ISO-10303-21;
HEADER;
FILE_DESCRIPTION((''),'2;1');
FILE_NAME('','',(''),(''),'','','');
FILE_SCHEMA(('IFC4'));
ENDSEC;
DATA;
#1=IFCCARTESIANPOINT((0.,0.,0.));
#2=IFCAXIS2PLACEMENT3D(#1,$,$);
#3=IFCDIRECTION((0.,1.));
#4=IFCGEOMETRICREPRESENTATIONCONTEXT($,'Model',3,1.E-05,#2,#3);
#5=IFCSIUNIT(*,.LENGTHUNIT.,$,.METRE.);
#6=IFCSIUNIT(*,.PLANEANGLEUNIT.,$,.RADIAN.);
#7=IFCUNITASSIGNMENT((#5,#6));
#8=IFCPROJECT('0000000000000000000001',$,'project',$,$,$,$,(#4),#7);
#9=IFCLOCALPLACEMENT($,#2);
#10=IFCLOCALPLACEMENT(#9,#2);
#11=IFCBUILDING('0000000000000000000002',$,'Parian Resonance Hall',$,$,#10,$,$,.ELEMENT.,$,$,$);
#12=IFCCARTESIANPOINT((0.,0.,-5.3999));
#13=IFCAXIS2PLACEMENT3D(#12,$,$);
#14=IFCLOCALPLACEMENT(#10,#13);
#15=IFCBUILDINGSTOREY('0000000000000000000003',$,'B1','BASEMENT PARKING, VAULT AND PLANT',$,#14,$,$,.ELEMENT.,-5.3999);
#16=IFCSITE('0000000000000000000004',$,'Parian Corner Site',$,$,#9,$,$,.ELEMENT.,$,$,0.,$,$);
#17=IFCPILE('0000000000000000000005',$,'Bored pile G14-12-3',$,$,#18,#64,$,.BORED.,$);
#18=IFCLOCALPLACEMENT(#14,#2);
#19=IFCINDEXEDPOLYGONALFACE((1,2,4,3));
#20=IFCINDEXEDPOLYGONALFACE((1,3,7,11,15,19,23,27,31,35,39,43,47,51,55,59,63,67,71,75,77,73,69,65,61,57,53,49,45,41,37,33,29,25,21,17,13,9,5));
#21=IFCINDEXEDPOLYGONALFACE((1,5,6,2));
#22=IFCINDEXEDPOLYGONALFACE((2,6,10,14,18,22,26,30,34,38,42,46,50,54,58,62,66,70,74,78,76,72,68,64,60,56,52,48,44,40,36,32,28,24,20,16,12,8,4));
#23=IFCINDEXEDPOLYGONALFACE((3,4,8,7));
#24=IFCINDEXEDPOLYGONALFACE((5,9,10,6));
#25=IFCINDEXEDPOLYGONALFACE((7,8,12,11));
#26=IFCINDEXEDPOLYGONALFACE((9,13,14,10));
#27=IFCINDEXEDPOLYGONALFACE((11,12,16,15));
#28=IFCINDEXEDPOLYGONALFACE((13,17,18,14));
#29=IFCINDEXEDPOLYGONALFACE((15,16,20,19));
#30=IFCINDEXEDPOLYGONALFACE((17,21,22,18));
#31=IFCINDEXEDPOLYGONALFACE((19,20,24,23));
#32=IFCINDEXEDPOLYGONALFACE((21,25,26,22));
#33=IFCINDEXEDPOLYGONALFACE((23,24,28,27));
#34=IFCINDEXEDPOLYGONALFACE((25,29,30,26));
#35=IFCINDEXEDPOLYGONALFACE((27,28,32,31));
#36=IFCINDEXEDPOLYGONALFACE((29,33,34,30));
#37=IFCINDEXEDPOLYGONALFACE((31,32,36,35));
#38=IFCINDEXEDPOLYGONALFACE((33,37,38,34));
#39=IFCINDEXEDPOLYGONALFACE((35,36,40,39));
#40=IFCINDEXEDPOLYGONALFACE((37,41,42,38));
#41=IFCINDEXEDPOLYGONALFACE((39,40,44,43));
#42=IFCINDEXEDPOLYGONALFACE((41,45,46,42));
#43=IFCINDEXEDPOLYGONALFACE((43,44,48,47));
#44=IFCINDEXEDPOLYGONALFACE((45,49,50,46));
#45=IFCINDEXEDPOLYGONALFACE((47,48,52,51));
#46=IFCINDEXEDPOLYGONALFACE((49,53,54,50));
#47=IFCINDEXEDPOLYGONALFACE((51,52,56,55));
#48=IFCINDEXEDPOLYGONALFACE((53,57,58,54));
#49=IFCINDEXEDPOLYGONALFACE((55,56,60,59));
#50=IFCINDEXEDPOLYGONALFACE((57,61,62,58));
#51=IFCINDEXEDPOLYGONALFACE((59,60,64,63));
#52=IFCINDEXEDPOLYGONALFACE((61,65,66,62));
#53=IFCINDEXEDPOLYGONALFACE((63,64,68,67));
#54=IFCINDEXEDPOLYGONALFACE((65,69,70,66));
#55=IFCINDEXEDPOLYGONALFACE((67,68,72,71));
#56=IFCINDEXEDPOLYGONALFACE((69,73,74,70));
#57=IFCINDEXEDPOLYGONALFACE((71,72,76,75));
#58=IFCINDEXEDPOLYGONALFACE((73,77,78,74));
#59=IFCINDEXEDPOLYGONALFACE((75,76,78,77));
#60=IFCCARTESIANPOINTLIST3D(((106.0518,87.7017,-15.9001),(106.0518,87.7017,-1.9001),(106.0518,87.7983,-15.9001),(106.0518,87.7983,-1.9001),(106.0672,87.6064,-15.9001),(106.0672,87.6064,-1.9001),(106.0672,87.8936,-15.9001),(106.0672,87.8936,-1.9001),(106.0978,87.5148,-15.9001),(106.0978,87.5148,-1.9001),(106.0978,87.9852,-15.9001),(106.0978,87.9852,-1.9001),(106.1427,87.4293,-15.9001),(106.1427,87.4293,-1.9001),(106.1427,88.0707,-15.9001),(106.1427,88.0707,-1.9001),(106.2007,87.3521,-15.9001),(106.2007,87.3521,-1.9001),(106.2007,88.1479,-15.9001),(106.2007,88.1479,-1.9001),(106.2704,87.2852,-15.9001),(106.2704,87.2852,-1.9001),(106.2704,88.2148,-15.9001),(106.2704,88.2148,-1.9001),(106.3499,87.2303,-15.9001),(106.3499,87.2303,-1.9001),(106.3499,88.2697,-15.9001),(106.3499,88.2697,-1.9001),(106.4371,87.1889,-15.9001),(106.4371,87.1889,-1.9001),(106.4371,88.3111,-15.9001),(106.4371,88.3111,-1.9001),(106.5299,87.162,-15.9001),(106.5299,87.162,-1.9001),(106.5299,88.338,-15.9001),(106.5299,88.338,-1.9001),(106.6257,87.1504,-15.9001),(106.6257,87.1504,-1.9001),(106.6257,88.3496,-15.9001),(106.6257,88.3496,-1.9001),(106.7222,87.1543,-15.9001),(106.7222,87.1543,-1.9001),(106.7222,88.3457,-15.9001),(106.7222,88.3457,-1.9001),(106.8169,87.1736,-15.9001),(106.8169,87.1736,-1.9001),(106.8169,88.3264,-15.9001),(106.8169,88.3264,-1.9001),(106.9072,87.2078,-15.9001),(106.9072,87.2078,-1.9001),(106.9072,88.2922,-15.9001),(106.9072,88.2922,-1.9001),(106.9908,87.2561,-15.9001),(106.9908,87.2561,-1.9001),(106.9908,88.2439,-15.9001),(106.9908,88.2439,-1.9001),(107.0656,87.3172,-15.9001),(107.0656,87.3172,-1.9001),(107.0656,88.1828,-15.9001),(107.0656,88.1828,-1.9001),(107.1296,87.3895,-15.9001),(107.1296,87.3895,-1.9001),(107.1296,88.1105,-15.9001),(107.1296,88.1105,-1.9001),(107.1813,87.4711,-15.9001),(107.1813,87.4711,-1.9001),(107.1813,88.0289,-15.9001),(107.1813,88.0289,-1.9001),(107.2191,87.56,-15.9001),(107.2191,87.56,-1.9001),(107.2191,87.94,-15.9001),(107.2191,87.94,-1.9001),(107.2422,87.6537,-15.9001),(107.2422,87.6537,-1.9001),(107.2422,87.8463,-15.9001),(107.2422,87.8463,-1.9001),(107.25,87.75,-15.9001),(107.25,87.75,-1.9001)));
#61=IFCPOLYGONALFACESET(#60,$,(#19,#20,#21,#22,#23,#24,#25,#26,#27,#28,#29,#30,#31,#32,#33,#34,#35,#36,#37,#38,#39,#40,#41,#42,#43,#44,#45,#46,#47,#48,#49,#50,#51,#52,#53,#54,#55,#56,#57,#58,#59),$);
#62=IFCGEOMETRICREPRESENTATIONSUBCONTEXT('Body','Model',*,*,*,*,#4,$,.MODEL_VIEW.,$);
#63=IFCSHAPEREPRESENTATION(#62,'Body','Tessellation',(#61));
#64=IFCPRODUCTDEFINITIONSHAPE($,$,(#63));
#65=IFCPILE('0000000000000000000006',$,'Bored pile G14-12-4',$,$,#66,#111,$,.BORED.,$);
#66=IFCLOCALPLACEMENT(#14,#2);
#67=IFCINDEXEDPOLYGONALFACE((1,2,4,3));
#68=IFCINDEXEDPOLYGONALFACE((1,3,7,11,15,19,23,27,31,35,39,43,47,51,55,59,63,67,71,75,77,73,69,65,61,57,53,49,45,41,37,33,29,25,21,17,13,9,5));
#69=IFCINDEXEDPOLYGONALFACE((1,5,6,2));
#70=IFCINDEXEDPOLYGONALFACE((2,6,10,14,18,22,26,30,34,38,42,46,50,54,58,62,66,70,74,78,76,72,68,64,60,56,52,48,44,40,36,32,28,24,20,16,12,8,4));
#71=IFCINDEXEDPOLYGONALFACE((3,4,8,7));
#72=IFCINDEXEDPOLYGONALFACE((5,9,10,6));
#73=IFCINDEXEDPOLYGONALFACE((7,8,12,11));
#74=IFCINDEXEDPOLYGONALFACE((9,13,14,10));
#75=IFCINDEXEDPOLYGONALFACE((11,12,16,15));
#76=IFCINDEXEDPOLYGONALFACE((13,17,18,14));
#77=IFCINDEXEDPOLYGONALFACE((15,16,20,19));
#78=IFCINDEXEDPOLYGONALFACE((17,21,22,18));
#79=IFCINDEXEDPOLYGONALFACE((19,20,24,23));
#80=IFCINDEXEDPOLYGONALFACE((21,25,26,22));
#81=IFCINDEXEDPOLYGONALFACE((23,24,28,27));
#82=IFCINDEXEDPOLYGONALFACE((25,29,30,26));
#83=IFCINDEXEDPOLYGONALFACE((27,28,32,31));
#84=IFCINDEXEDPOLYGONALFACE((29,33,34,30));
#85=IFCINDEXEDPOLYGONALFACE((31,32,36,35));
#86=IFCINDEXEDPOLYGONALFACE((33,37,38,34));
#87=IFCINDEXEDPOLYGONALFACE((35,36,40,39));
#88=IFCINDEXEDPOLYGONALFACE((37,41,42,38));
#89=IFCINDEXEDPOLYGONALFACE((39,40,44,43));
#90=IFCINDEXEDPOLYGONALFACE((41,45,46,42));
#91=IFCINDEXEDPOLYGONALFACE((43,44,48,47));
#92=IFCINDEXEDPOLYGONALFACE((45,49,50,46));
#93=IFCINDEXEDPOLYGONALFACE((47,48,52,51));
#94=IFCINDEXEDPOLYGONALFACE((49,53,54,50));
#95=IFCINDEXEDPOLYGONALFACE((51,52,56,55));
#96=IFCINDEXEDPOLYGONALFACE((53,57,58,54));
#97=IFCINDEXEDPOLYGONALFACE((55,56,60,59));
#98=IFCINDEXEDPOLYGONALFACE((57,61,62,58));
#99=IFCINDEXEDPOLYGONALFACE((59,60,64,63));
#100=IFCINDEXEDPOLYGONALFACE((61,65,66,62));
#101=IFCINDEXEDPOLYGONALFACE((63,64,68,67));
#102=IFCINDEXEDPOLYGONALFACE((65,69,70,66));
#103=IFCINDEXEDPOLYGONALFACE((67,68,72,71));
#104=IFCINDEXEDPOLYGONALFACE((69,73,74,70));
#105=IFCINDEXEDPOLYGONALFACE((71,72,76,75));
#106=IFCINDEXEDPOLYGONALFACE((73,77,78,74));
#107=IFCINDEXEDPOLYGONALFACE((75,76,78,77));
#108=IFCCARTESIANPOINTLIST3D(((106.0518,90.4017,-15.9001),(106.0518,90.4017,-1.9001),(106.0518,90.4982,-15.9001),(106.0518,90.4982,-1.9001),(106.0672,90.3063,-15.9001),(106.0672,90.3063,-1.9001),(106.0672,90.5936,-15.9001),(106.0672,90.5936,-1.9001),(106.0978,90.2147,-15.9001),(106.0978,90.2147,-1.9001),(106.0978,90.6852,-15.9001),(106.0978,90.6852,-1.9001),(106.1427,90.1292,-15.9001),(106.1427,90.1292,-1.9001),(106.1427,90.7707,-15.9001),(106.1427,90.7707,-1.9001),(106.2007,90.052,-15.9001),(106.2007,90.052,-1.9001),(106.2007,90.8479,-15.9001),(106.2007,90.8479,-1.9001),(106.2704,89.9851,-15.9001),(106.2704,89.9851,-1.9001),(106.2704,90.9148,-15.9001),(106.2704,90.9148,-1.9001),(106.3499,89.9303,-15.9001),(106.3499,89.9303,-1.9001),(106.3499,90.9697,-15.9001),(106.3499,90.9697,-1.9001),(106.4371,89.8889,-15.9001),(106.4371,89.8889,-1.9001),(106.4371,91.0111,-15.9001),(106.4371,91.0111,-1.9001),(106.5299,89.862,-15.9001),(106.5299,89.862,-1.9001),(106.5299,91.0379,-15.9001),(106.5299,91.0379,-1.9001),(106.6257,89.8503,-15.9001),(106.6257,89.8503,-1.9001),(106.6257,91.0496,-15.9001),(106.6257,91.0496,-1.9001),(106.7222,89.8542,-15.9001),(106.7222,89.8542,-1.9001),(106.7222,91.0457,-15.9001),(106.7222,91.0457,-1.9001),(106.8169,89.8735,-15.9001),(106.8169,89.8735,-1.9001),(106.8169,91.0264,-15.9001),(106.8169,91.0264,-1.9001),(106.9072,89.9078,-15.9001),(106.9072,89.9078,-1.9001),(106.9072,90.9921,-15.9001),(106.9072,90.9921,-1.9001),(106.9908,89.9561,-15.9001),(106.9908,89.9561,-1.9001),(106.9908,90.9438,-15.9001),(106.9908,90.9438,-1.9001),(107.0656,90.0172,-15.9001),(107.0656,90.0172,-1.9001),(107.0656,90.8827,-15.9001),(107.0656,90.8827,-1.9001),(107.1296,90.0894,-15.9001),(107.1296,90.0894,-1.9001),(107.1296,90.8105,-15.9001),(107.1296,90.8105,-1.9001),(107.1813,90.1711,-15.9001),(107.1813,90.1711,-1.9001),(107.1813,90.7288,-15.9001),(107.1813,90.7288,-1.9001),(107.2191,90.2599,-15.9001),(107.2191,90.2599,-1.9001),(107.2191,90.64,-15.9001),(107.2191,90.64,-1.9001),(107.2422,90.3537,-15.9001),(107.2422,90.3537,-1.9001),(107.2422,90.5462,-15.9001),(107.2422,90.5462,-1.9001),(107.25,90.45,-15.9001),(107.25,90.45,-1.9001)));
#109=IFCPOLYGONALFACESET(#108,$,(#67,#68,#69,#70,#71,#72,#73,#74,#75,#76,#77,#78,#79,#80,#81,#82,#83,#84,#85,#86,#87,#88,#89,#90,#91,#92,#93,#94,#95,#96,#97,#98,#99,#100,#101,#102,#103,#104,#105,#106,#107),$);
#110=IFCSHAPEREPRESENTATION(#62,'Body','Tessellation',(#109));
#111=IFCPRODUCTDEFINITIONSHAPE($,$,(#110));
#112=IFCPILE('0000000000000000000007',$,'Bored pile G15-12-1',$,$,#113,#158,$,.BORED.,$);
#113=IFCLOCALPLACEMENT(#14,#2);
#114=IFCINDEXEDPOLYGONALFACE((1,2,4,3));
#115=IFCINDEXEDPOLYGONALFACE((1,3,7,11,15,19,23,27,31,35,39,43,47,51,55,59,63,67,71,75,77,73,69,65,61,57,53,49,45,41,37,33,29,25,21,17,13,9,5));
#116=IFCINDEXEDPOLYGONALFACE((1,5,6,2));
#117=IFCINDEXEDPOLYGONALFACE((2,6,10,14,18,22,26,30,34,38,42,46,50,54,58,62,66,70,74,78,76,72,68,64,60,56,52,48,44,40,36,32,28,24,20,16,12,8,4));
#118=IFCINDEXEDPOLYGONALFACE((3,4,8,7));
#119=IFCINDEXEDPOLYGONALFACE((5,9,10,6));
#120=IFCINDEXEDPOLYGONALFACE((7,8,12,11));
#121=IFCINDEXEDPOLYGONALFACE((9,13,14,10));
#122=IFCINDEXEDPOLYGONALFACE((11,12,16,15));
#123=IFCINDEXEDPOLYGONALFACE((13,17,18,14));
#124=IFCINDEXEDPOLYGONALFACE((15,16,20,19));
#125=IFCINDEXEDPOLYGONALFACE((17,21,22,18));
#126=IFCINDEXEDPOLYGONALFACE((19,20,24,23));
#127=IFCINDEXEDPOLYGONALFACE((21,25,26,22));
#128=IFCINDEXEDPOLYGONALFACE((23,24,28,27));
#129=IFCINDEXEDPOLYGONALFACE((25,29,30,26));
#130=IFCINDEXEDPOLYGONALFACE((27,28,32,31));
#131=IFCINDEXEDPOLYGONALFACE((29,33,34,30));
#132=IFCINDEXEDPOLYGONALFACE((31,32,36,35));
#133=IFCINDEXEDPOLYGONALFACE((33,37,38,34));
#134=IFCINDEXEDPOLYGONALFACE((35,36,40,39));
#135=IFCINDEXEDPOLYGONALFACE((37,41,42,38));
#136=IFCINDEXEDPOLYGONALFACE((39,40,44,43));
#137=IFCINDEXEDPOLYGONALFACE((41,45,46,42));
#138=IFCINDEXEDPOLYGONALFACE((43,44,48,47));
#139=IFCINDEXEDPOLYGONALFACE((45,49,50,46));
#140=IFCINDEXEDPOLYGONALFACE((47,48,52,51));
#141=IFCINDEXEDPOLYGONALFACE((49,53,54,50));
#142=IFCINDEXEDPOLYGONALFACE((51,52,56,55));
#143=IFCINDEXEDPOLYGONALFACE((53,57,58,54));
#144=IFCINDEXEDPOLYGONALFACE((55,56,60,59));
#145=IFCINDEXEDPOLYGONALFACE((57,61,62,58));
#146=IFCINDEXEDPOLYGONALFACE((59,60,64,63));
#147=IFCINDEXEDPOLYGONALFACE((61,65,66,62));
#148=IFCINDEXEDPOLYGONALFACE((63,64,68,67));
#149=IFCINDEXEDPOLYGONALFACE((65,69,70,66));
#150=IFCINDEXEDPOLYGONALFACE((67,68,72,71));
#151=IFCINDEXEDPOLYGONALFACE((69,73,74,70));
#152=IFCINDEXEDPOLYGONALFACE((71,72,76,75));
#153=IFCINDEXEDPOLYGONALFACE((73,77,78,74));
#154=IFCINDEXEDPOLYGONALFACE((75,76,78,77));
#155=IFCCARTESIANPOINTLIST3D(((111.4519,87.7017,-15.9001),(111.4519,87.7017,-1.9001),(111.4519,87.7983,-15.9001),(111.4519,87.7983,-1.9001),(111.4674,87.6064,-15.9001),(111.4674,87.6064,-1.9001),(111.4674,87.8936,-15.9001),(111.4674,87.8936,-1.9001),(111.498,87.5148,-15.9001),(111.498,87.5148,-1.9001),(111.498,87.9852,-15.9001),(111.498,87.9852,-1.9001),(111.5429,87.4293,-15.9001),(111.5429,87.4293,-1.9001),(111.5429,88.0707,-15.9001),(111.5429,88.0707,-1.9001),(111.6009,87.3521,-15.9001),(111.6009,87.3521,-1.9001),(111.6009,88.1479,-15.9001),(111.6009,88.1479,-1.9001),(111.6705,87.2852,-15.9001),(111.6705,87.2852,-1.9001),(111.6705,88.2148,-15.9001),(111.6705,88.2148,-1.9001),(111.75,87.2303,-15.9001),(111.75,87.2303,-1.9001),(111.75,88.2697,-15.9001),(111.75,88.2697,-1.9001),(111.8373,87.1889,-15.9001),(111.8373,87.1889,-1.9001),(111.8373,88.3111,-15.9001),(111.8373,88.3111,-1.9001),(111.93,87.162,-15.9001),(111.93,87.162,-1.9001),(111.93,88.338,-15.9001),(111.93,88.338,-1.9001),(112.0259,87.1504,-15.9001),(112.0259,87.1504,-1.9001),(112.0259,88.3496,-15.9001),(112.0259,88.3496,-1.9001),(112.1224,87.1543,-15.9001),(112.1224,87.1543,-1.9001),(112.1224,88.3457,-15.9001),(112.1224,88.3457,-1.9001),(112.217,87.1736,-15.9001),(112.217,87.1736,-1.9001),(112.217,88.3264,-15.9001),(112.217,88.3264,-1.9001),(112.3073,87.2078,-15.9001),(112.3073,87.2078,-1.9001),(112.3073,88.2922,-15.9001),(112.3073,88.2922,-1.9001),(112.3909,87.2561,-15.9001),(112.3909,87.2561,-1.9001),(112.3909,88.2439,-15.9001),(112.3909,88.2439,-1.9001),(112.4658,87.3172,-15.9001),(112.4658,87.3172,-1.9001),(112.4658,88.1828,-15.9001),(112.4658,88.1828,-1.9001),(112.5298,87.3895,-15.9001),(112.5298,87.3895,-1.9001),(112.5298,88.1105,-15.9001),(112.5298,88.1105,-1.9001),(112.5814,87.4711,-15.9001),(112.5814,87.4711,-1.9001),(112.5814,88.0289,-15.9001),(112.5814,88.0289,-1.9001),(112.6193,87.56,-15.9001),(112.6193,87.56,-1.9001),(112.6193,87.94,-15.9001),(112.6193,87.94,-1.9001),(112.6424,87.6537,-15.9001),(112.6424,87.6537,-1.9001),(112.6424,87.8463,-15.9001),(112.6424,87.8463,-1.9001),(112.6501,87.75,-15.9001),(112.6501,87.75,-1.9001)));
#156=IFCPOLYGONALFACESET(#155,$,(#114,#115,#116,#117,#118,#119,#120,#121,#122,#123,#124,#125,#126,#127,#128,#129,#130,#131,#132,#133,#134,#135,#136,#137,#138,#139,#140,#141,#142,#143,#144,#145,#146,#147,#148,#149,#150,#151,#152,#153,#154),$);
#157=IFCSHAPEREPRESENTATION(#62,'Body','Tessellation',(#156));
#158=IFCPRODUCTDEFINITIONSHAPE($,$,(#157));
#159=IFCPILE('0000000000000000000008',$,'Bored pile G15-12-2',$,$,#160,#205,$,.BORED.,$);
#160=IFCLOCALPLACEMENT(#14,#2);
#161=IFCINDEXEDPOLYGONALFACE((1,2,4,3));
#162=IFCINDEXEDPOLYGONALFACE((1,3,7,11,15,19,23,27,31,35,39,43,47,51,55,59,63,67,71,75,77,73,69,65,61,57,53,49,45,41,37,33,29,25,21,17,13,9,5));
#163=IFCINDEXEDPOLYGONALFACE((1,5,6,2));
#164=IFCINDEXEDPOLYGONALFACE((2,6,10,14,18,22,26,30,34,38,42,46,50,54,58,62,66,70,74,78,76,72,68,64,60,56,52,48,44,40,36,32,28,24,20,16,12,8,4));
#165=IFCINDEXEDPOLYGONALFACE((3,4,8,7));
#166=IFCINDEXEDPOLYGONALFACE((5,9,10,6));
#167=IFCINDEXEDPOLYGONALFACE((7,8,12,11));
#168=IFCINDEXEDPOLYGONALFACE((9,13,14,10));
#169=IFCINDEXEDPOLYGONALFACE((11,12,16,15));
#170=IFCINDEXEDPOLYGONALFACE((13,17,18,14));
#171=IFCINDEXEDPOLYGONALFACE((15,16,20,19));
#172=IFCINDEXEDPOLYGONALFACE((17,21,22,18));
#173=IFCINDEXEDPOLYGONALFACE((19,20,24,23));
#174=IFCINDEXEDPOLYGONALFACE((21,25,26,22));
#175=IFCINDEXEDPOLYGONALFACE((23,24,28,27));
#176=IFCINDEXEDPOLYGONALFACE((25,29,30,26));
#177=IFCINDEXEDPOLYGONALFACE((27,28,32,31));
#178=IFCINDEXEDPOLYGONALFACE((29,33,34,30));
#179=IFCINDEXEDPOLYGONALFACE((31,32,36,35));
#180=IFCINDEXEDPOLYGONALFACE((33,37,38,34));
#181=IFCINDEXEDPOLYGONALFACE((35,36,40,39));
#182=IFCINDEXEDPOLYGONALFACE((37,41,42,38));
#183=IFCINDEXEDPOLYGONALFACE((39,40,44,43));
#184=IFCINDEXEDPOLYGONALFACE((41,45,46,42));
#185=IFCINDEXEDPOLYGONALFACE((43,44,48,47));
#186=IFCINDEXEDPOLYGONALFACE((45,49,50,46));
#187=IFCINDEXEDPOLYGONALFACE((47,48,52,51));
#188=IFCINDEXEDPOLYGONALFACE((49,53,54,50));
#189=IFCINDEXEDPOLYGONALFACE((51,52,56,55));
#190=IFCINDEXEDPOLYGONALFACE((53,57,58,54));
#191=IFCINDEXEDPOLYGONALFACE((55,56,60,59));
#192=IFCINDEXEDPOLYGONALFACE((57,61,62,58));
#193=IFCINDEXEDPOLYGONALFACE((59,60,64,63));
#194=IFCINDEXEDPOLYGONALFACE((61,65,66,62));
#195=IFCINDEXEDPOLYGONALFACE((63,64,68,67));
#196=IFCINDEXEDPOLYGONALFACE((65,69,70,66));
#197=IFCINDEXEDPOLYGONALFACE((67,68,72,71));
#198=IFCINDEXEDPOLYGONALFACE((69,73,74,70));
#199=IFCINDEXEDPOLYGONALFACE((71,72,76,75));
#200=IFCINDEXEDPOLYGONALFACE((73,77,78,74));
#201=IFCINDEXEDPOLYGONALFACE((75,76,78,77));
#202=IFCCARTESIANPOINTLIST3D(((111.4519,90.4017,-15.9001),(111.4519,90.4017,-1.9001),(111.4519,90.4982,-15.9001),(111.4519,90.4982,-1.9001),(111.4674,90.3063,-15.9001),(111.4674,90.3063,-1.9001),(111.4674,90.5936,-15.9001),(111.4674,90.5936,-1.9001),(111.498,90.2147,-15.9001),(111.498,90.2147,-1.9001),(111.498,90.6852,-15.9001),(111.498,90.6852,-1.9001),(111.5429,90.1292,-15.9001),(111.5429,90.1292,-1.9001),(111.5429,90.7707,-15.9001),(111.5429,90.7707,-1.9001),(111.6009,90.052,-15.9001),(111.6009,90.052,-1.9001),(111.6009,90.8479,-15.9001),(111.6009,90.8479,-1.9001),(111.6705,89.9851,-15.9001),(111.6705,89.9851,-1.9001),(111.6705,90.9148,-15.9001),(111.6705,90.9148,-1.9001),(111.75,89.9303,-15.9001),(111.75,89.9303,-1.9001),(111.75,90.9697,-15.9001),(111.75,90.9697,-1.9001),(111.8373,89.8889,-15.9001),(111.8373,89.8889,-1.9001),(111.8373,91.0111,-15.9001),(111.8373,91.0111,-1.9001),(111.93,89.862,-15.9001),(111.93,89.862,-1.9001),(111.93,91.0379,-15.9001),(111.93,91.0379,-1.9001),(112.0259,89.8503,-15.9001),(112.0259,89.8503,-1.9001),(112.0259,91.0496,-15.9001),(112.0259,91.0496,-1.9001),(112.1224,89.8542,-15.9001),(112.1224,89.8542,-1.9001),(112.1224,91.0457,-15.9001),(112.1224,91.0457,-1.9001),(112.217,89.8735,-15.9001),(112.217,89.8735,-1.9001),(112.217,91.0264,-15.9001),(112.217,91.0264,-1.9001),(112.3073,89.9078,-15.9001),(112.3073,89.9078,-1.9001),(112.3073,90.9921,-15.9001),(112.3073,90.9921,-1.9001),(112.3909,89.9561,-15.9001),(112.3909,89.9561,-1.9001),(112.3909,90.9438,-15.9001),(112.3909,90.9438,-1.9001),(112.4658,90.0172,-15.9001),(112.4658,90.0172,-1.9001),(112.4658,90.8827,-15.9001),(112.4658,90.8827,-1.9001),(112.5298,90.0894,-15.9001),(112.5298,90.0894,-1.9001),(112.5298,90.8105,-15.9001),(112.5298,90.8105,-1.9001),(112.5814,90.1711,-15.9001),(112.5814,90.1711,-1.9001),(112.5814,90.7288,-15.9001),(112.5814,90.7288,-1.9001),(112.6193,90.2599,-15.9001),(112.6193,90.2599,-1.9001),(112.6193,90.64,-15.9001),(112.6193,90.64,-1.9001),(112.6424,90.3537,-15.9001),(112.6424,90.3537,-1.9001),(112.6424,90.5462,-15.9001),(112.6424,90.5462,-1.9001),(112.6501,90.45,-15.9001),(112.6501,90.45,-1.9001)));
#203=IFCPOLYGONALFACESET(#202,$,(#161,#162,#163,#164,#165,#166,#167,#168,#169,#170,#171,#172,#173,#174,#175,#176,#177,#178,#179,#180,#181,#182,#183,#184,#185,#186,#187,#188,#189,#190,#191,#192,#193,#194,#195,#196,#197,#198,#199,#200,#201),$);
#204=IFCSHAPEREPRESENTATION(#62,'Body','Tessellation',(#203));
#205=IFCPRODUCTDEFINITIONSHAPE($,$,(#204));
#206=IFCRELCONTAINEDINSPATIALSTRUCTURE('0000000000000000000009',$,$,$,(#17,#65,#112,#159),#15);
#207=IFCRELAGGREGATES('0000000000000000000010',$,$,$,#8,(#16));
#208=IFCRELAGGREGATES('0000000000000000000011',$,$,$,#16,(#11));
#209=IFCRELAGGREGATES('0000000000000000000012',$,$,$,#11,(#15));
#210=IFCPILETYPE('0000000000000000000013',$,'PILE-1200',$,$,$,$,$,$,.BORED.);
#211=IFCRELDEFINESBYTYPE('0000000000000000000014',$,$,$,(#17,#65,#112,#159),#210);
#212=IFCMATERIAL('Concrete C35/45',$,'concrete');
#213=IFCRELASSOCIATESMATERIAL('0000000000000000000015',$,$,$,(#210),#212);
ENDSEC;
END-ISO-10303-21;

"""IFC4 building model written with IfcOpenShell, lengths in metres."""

from ifc_helpers import new_model, si_unit, direction, frame, origin, origin_2d, place, context, subcontext, project, spatial, circle, extrude, material, material_profile, profile_set, type_object, element, save


model = new_model("IFC4")

# Units and contexts
model_context = context("Model", 3, precision=1e-05, world=origin(), true_north=direction((0.0, 1.0)))
body_context = subcontext(model_context, "Body", "Model", "MODEL_VIEW")
ifc_project = project(units=[si_unit("LENGTHUNIT", "METRE"), si_unit("PLANEANGLEUNIT", "RADIAN")], contexts=[model_context])

# Site, building, storey
site_placement = place(None, origin())
site = spatial("IfcSite", under=ifc_project, at=site_placement, Name="Parian Corner Site", CompositionType="ELEMENT", RefElevation=0.0)
building_placement = place(site_placement, origin())
building = spatial("IfcBuilding", under=site, at=building_placement, Name="Parian Resonance Hall", CompositionType="ELEMENT")
storey_placement = place(building_placement, frame((0.0, 0.0, -5.3999)))
storey = spatial("IfcBuildingStorey", under=building, at=storey_placement, Name="B1", Description="BASEMENT PARKING, VAULT AND PLANT", CompositionType="ELEMENT", Elevation=-5.3999)

# Piles
ifc_material_1 = material(Name="Concrete C35/45", Category="concrete")
ifc_material_profile_1 = material_profile(ifc_material_1, circle(Radius=0.6001, at=origin_2d()), Name="PILE-D1200")
ifc_profile_set_1 = profile_set([ifc_material_profile_1], Name="Concrete C35/45")
pile_type_1 = type_object("IfcPileType", Name="PILE-1200", PredefinedType="BORED", material=ifc_profile_set_1)
for number, where, z_axis, x_axis, name in (
    (1, (106.6499, 87.75, -1.9001), (0.0, 0.0, -1.0), (1.0, 0.0, 0.0), "Bored pile G14-12-3"),
    (2, (106.6499, 90.45, -1.9001), (0.0, 0.0, -1.0), (1.0, 0.0, 0.0), "Bored pile G14-12-4"),
    (3, (112.05, 87.75, -1.9001), (0.0, 0.0, -1.0), (1.0, 0.0, 0.0), "Bored pile G15-12-1"),
    (4, (112.05, 90.45, -1.9001), (0.0, 0.0, -1.0), (1.0, 0.0, 0.0), "Bored pile G15-12-2"),
):
    element("IfcPile", number, at=place(storey_placement, frame(where, z_axis=z_axis, x_axis=x_axis)), inside=storey, type_object=pile_type_1, Name=name, PredefinedType="BORED", context=body_context, shape_type="SweptSolid", body=[
        extrude(circle(Radius=0.6001, at=origin_2d()), origin(), (0.0, 0.0, 1.0), 14.0),
    ])

save(model, "model.ifc")
